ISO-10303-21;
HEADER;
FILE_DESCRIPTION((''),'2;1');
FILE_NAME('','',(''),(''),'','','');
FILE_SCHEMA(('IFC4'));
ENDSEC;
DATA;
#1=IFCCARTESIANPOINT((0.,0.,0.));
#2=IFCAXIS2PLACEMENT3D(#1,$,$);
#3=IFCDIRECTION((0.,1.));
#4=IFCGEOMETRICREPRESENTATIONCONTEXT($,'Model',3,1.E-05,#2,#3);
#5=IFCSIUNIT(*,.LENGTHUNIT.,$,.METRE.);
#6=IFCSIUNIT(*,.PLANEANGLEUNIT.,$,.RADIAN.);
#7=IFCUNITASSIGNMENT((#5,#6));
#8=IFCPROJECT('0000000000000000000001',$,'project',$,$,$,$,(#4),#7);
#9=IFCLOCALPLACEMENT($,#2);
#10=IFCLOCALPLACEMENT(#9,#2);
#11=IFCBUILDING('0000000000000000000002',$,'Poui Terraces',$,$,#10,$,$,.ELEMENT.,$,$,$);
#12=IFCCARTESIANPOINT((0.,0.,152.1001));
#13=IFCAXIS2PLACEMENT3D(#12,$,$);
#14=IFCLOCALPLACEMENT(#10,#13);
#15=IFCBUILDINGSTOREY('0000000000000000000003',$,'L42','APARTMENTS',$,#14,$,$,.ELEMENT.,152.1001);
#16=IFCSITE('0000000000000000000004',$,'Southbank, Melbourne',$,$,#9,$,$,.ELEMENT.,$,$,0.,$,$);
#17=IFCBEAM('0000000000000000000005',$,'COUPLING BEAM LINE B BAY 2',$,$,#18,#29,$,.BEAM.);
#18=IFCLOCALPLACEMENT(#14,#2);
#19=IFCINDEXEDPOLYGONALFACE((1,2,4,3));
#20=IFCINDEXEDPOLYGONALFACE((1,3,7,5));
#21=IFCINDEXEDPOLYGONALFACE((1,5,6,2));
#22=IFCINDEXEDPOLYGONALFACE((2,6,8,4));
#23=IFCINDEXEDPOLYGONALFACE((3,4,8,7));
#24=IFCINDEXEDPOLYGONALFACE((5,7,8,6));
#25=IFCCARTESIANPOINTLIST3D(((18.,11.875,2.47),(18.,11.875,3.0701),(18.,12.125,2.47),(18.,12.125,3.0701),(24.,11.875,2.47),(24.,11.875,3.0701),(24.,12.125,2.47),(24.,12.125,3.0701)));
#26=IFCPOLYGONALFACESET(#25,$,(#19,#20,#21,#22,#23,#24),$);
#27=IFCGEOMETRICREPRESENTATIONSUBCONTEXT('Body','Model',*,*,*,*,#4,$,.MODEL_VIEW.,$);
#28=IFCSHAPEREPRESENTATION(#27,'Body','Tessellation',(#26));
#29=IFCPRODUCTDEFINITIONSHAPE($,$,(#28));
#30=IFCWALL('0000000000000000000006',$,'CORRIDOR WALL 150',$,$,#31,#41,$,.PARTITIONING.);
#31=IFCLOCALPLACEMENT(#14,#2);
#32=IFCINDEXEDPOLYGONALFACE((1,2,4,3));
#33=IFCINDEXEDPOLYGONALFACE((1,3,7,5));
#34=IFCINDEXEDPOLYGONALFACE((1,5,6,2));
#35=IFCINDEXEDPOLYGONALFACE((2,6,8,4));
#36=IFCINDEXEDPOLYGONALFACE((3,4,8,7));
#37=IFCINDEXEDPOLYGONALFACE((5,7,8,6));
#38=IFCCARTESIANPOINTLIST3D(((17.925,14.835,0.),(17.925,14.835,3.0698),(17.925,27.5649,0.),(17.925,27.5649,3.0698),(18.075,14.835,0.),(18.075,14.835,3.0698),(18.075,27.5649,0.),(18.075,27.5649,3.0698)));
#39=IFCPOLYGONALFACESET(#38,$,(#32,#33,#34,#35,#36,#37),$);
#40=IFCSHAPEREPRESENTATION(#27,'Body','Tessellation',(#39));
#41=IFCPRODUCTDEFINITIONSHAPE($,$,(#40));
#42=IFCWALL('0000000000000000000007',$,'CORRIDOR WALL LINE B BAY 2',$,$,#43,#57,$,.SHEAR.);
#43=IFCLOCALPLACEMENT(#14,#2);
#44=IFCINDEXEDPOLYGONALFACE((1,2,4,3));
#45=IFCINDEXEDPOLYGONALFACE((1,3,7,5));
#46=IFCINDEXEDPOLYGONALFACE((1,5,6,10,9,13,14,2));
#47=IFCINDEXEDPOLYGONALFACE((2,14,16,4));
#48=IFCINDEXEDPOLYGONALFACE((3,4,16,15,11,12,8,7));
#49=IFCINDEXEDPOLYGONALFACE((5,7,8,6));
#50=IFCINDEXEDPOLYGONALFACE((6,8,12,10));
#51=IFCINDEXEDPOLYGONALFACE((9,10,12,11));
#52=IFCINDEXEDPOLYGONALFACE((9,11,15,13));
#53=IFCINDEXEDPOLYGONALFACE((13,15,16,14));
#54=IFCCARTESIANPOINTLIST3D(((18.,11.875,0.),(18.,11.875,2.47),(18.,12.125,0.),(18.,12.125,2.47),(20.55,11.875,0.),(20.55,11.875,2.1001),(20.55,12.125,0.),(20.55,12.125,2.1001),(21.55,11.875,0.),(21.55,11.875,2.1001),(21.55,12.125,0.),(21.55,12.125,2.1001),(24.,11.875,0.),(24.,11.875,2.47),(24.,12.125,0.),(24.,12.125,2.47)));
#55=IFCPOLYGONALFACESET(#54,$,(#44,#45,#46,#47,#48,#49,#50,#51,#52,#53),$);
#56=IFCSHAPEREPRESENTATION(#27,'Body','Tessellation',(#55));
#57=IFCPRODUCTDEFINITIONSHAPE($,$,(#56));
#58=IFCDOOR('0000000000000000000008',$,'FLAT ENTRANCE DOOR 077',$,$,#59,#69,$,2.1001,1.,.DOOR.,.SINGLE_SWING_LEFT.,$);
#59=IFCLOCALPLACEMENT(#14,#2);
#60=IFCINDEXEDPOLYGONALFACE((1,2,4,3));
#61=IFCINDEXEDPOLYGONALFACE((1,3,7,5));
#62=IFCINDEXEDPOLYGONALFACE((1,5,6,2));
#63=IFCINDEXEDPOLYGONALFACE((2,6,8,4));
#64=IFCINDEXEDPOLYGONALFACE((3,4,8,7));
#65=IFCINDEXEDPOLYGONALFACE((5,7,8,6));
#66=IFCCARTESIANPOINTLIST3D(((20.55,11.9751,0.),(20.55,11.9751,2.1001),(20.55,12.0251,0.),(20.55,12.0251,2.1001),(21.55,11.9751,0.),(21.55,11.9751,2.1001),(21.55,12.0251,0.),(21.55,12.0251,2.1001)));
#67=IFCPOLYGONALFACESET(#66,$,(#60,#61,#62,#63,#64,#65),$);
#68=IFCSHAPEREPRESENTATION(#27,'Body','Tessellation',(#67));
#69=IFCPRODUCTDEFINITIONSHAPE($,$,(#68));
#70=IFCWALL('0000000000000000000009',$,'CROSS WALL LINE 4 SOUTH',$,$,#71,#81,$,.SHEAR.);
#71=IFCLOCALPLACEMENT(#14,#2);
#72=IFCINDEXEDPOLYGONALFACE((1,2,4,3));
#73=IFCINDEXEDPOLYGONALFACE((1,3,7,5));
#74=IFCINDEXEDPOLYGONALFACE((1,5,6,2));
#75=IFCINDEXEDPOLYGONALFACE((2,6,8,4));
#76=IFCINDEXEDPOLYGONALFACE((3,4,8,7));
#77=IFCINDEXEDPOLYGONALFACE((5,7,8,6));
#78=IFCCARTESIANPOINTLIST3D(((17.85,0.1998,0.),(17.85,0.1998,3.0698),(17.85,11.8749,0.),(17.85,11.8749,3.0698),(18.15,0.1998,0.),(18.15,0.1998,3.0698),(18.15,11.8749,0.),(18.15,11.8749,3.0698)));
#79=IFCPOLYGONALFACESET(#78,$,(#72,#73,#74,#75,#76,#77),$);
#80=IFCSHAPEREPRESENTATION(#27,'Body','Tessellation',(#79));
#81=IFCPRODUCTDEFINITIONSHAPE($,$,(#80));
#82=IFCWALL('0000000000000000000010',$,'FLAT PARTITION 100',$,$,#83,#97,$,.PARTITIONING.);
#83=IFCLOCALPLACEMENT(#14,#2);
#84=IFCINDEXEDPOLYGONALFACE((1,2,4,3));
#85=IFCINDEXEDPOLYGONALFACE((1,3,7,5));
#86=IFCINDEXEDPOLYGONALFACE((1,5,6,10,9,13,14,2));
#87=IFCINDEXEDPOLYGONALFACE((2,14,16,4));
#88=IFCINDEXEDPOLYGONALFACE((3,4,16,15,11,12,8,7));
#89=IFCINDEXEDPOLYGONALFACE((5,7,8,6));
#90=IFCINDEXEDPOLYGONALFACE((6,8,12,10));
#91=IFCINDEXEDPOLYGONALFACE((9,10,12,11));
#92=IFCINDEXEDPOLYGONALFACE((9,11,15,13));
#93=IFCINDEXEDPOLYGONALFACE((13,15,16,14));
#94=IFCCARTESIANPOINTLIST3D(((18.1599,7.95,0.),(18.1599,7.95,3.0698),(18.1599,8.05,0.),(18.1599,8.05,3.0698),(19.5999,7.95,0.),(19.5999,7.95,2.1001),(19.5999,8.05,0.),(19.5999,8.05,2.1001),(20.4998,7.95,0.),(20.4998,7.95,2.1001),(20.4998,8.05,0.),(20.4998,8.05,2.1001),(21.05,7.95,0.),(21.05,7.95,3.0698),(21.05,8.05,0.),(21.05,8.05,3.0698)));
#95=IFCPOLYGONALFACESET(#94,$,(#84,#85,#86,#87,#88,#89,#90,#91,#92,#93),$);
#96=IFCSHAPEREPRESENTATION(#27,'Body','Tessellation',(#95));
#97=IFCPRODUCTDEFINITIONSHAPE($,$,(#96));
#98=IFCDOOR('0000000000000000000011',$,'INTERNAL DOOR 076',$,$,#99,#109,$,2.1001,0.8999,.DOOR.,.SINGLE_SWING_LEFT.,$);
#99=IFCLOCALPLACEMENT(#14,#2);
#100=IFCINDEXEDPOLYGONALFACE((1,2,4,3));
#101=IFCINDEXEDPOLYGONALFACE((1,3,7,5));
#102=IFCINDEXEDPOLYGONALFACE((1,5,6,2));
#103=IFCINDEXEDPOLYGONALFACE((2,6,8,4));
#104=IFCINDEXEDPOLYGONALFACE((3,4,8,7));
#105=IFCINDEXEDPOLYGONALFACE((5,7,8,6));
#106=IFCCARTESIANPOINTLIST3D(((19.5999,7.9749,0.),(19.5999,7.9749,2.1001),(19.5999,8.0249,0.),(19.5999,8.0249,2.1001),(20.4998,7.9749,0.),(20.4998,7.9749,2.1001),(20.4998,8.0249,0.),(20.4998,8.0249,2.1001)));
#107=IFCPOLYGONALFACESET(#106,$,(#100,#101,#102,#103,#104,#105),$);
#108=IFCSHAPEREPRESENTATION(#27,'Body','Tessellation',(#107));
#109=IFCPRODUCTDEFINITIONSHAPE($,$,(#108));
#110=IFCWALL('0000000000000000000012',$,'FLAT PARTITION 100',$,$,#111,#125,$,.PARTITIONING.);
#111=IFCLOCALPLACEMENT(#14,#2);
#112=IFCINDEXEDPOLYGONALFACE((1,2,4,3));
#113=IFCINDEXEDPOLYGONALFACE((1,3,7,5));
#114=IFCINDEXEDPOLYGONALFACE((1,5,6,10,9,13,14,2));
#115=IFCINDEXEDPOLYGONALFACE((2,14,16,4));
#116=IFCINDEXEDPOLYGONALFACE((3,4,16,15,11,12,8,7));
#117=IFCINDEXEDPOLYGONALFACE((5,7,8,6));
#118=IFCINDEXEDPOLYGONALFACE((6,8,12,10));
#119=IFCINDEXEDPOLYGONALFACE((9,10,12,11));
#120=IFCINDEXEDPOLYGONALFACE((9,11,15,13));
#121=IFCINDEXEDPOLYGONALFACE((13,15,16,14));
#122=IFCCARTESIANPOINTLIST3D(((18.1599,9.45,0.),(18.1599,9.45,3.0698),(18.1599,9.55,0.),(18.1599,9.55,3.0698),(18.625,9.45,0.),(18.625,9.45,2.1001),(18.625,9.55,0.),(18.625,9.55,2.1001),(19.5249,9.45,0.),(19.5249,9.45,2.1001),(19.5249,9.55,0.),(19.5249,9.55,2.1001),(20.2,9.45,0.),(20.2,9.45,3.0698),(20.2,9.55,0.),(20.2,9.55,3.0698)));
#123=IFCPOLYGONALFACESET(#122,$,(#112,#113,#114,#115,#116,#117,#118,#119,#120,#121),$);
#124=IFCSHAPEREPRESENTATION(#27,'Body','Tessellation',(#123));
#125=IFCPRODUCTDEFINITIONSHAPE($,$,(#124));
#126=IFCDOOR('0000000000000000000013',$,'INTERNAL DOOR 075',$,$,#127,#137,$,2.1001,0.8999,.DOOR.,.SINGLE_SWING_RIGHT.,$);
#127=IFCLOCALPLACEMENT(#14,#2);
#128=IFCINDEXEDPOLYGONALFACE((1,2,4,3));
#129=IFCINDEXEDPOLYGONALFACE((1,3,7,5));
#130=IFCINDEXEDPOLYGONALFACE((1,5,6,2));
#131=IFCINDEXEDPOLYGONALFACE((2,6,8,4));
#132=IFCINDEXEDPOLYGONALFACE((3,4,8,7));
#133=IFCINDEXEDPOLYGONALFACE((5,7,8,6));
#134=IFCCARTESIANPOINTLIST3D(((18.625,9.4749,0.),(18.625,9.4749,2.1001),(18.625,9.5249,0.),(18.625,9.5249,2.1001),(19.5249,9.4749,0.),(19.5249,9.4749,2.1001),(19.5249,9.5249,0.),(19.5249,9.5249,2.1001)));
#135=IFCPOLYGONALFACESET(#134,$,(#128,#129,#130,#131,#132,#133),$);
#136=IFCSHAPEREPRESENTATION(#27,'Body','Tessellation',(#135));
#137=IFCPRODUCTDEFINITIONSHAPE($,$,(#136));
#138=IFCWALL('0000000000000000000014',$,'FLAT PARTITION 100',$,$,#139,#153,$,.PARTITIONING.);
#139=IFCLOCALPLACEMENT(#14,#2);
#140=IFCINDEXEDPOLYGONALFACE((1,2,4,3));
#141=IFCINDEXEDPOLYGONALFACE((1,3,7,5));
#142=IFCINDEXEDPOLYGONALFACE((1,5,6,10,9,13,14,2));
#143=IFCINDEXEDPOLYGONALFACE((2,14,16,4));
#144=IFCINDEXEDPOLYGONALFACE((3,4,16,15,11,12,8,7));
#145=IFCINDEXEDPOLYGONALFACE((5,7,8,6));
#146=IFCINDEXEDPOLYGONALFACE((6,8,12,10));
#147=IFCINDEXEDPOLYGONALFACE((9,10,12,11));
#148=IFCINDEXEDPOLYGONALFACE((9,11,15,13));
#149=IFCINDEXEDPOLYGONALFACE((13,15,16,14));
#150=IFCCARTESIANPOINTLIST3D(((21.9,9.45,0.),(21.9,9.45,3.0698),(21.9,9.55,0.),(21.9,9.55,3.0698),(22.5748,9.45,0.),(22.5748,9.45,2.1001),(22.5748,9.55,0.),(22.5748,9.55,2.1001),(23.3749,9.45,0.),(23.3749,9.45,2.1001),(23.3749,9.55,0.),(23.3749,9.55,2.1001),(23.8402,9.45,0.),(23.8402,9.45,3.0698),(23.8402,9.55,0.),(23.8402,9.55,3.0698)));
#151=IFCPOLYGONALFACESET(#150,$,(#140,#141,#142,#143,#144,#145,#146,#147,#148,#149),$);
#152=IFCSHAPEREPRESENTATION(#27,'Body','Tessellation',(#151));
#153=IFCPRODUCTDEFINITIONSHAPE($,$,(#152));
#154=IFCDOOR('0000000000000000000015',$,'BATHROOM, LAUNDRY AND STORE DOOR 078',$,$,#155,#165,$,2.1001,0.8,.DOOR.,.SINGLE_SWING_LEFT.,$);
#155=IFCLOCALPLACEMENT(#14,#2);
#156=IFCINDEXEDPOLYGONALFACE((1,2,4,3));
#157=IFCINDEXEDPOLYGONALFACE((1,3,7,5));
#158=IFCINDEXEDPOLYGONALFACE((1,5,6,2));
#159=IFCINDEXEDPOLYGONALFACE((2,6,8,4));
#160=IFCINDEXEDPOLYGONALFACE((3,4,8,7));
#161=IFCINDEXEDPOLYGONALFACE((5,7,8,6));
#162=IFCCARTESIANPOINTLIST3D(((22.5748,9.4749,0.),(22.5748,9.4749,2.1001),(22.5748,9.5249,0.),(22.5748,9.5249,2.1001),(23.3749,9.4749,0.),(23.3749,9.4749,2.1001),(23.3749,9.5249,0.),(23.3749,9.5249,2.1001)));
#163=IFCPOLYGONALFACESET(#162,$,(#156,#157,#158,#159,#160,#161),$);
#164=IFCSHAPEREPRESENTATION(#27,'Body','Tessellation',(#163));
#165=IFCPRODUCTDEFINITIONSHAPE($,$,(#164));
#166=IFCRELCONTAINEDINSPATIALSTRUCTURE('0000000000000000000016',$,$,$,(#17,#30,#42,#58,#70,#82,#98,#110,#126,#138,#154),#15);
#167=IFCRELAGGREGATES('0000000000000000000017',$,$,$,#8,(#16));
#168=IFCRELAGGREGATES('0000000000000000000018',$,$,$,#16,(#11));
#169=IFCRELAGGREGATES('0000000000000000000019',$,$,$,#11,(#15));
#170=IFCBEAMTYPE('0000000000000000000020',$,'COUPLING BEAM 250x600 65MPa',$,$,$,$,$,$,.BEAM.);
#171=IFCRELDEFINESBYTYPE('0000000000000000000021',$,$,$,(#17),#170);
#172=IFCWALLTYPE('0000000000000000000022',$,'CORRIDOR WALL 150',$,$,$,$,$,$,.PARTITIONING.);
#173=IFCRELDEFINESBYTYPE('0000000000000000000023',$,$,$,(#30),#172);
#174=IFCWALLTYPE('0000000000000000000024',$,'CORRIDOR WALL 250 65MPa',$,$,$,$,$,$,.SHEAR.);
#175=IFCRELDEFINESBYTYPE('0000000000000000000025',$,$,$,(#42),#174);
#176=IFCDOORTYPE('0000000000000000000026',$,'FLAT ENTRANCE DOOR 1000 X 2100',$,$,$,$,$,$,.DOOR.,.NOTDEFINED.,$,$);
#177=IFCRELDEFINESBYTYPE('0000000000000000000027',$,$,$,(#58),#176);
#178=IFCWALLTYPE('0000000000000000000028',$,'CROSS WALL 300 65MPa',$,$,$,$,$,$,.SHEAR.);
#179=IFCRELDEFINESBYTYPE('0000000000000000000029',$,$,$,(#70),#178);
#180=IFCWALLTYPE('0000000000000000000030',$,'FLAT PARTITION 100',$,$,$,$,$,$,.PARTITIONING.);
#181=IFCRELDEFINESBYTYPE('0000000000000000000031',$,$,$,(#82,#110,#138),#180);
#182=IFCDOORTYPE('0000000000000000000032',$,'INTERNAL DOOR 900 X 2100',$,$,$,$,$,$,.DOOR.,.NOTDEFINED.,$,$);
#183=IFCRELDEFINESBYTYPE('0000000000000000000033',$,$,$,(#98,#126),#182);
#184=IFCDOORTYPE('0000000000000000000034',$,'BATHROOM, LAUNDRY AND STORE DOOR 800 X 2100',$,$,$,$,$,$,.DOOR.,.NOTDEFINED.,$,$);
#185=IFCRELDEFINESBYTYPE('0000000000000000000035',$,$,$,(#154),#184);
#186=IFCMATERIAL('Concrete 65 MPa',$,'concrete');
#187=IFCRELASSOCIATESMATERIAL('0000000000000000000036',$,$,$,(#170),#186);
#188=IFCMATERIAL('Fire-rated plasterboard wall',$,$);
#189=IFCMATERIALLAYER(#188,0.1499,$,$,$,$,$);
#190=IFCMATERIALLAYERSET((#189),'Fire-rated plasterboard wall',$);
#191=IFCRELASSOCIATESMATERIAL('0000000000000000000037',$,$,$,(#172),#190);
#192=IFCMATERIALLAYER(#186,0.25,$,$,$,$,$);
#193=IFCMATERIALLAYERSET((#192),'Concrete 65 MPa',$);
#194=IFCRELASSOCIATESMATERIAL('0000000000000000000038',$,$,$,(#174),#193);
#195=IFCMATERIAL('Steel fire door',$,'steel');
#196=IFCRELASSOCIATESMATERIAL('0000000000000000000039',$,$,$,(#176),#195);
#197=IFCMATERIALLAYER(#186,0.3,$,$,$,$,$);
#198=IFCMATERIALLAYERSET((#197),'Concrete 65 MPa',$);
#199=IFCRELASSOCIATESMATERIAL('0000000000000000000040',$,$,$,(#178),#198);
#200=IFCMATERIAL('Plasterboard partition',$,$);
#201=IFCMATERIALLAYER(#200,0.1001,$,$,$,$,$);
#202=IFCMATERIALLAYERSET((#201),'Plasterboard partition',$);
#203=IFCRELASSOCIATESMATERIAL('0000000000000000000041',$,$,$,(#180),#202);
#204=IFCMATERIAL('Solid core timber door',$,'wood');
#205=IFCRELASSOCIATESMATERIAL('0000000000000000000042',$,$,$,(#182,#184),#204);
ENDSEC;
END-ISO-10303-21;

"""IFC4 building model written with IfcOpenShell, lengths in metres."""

from ifc_helpers import new_model, si_unit, direction, frame, frame_2d, origin, origin_2d, place, context, subcontext, project, spatial, rectangle, extrude, source, transform, mapped, material, layer, layer_set, material_profile, profile_set, type_object, element, fill, save


model = new_model("IFC4")

# Units and contexts
model_context = context("Model", 3, precision=1e-05, world=origin(), true_north=direction((0.0, 1.0)))
body_context = subcontext(model_context, "Body", "Model", "MODEL_VIEW")
ifc_project = project(units=[si_unit("LENGTHUNIT", "METRE"), si_unit("PLANEANGLEUNIT", "RADIAN")], contexts=[model_context])

# Site, building, storey
site_placement = place(None, origin())
site = spatial("IfcSite", under=ifc_project, at=site_placement, Name="Southbank, Melbourne", CompositionType="ELEMENT", RefElevation=0.0)
building_placement = place(site_placement, origin())
building = spatial("IfcBuilding", under=site, at=building_placement, Name="Poui Terraces", CompositionType="ELEMENT")
storey_placement = place(building_placement, frame((0.0, 0.0, 152.1001)))
storey = spatial("IfcBuildingStorey", under=building, at=storey_placement, Name="L42", Description="APARTMENTS", CompositionType="ELEMENT", Elevation=152.1001)

# Beam
ifc_material_1 = material(Name="Concrete 65 MPa", Category="concrete")
ifc_material_profile = material_profile(ifc_material_1, rectangle(XDim=0.25, YDim=0.6001, at=origin_2d()), Name="RC 250x600")
ifc_profile_set = profile_set([ifc_material_profile], Name="Concrete 65 MPa")
beam_type = type_object("IfcBeamType", Name="COUPLING BEAM 250x600 65MPa", PredefinedType="BEAM", material=ifc_profile_set)
shared_shape_1 = source(origin(), body_context, "Body", "SweptSolid", [
    extrude(rectangle(XDim=0.25, YDim=0.6001, at=origin_2d()), origin(), (0.0, 0.0, 1.0), 6.0),
])
beam_placement = place(storey_placement, frame((18.0, 12.0, 2.77), z_axis=(1.0, 0.0, 0.0), x_axis=(0.0, 1.0, 0.0)))
element("IfcBeam", 1, at=beam_placement, inside=storey, type_object=beam_type, Name="COUPLING BEAM LINE B BAY 2", PredefinedType="BEAM", context=body_context, shape_type="MappedRepresentation", body=[
    mapped(shared_shape_1, transform((0.0, 0.0, 0.0))),
])

# Wall
ifc_material_2 = material(Name="Fire-rated plasterboard wall")
ifc_layer_1 = layer(ifc_material_2, 0.1499)
ifc_layer_set_1 = layer_set([ifc_layer_1], Name="Fire-rated plasterboard wall")
wall_type_1 = type_object("IfcWallType", Name="CORRIDOR WALL 150", PredefinedType="PARTITIONING", material=ifc_layer_set_1)
wall_1_placement = place(storey_placement, frame((18.0, 14.835, 0.0), z_axis=(0.0, 0.0, 1.0), x_axis=(0.0, 1.0, 0.0)))
element("IfcWall", 2, at=wall_1_placement, inside=storey, type_object=wall_type_1, Name="CORRIDOR WALL 150", PredefinedType="PARTITIONING", context=body_context, shape_type="SweptSolid", body=[
    extrude(rectangle(XDim=12.73, YDim=0.1499, at=frame_2d((6.365, 0.0))), origin(), (0.0, 0.0, 1.0), 3.0698),
])

# Wall, opening, door
ifc_layer_2 = layer(ifc_material_1, 0.25)
ifc_layer_set_2 = layer_set([ifc_layer_2], Name="Concrete 65 MPa")
wall_type_2 = type_object("IfcWallType", Name="CORRIDOR WALL 250 65MPa", PredefinedType="SHEAR", material=ifc_layer_set_2)
wall_2_placement = place(storey_placement, frame((18.0, 12.0, 0.0), z_axis=(0.0, 0.0, 1.0), x_axis=(1.0, 0.0, 0.0)))
wall_2 = element("IfcWall", 3, at=wall_2_placement, inside=storey, type_object=wall_type_2, Name="CORRIDOR WALL LINE B BAY 2", PredefinedType="SHEAR", context=body_context, shape_type="SweptSolid", body=[
    extrude(rectangle(XDim=6.0, YDim=0.25, at=frame_2d((3.0, 0.0))), origin(), (0.0, 0.0, 1.0), 2.47),
])
opening_1_placement = place(wall_2_placement, frame((2.55, 0.0, 0.0)))
opening_1 = element("IfcOpeningElement", 4, at=opening_1_placement, cuts=wall_2, PredefinedType="OPENING", context=body_context, shape_type="SweptSolid", body=[
    extrude(rectangle(XDim=1.0, YDim=2.1001, at=frame_2d((0.5, 1.05))), frame((0.0, 0.135, 0.0), z_axis=(0.0, -1.0, 0.0), x_axis=(1.0, 0.0, 0.0)), (0.0, 0.0, 1.0), 0.27),
])
ifc_material_3 = material(Name="Steel fire door", Category="steel")
door_type_1 = type_object("IfcDoorType", Name="FLAT ENTRANCE DOOR 1000 X 2100", OperationType="NOTDEFINED", PredefinedType="DOOR", material=ifc_material_3)
door_1_placement = place(opening_1_placement, frame((1.0, 0.0, 0.0), z_axis=(0.0, 0.0, 1.0), x_axis=(-1.0, 0.0, 0.0)))
door_1 = element("IfcDoor", 5, at=door_1_placement, inside=storey, type_object=door_type_1, Name="FLAT ENTRANCE DOOR 077", OperationType="SINGLE_SWING_LEFT", OverallHeight=2.1001, OverallWidth=1.0, PredefinedType="DOOR", context=body_context, shape_type="SweptSolid", body=[
    extrude(rectangle(XDim=1.0, YDim=2.1001, at=frame_2d((0.5, 1.05))), frame((0.0, 0.0249, 0.0), z_axis=(0.0, -1.0, 0.0), x_axis=(1.0, 0.0, 0.0)), (0.0, 0.0, 1.0), 0.05),
])
fill(opening_1, door_1)

# Wall
ifc_layer_3 = layer(ifc_material_1, 0.3)
ifc_layer_set_3 = layer_set([ifc_layer_3], Name="Concrete 65 MPa")
wall_type_3 = type_object("IfcWallType", Name="CROSS WALL 300 65MPa", PredefinedType="SHEAR", material=ifc_layer_set_3)
wall_3_placement = place(storey_placement, frame((18.0, 0.2, 0.0), z_axis=(0.0, 0.0, 1.0), x_axis=(0.0, 1.0, 0.0)))
element("IfcWall", 6, at=wall_3_placement, inside=storey, type_object=wall_type_3, Name="CROSS WALL LINE 4 SOUTH", PredefinedType="SHEAR", context=body_context, shape_type="SweptSolid", body=[
    extrude(rectangle(XDim=11.675, YDim=0.3, at=frame_2d((5.8374, 0.0))), origin(), (0.0, 0.0, 1.0), 3.0698),
])

# Walls, openings, doors
ifc_material_4 = material(Name="Plasterboard partition")
ifc_layer_4 = layer(ifc_material_4, 0.1001)
ifc_layer_set_4 = layer_set([ifc_layer_4], Name="Plasterboard partition")
wall_type_4 = type_object("IfcWallType", Name="FLAT PARTITION 100", PredefinedType="PARTITIONING", material=ifc_layer_set_4)
wall_4_placement = place(storey_placement, frame((18.1599, 8.0, 0.0), z_axis=(0.0, 0.0, 1.0), x_axis=(1.0, 0.0, 0.0)))
wall_4 = element("IfcWall", 7, at=wall_4_placement, inside=storey, type_object=wall_type_4, Name="FLAT PARTITION 100", PredefinedType="PARTITIONING", context=body_context, shape_type="SweptSolid", body=[
    extrude(rectangle(XDim=2.8901, YDim=0.1001, at=frame_2d((1.4451, 0.0))), origin(), (0.0, 0.0, 1.0), 3.0698),
])
opening_2_placement = place(wall_4_placement, frame((1.4399, 0.0, 0.0)))
opening_2 = element("IfcOpeningElement", 8, at=opening_2_placement, cuts=wall_4, PredefinedType="OPENING", context=body_context, shape_type="SweptSolid", body=[
    extrude(rectangle(XDim=0.8999, YDim=2.1001, at=frame_2d((0.45, 1.05))), frame((0.0, 0.0601, 0.0), z_axis=(0.0, -1.0, 0.0), x_axis=(1.0, 0.0, 0.0)), (0.0, 0.0, 1.0), 0.1201),
])
ifc_material_5 = material(Name="Solid core timber door", Category="wood")
door_type_2 = type_object("IfcDoorType", Name="INTERNAL DOOR 900 X 2100", OperationType="NOTDEFINED", PredefinedType="DOOR", material=ifc_material_5)
door_2_placement = place(opening_2_placement, origin())
door_2 = element("IfcDoor", 9, at=door_2_placement, inside=storey, type_object=door_type_2, Name="INTERNAL DOOR 076", OperationType="SINGLE_SWING_LEFT", OverallHeight=2.1001, OverallWidth=0.8999, PredefinedType="DOOR", context=body_context, shape_type="SweptSolid", body=[
    extrude(rectangle(XDim=0.8999, YDim=2.1001, at=frame_2d((0.45, 1.05))), frame((0.0, 0.0249, 0.0), z_axis=(0.0, -1.0, 0.0), x_axis=(1.0, 0.0, 0.0)), (0.0, 0.0, 1.0), 0.05),
])
fill(opening_2, door_2)
wall_5_placement = place(storey_placement, frame((18.1599, 9.5, 0.0), z_axis=(0.0, 0.0, 1.0), x_axis=(1.0, 0.0, 0.0)))
wall_5 = element("IfcWall", 10, at=wall_5_placement, inside=storey, type_object=wall_type_4, Name="FLAT PARTITION 100", PredefinedType="PARTITIONING", context=body_context, shape_type="SweptSolid", body=[
    extrude(rectangle(XDim=2.04, YDim=0.1001, at=frame_2d((1.02, 0.0))), origin(), (0.0, 0.0, 1.0), 3.0698),
])
opening_3_placement = place(wall_5_placement, frame((0.4651, 0.0, 0.0)))
opening_3 = element("IfcOpeningElement", 11, at=opening_3_placement, cuts=wall_5, PredefinedType="OPENING", context=body_context, shape_type="SweptSolid", body=[
    extrude(rectangle(XDim=0.8999, YDim=2.1001, at=frame_2d((0.45, 1.05))), frame((0.0, 0.0601, 0.0), z_axis=(0.0, -1.0, 0.0), x_axis=(1.0, 0.0, 0.0)), (0.0, 0.0, 1.0), 0.1201),
])
door_3_placement = place(opening_3_placement, origin())
door_3 = element("IfcDoor", 12, at=door_3_placement, inside=storey, type_object=door_type_2, Name="INTERNAL DOOR 075", OperationType="SINGLE_SWING_RIGHT", OverallHeight=2.1001, OverallWidth=0.8999, PredefinedType="DOOR", context=body_context, shape_type="SweptSolid", body=[
    extrude(rectangle(XDim=0.8999, YDim=2.1001, at=frame_2d((0.45, 1.05))), frame((0.0, 0.0249, 0.0), z_axis=(0.0, -1.0, 0.0), x_axis=(1.0, 0.0, 0.0)), (0.0, 0.0, 1.0), 0.05),
])
fill(opening_3, door_3)
wall_6_placement = place(storey_placement, frame((21.8999, 9.5, 0.0), z_axis=(0.0, 0.0, 1.0), x_axis=(1.0, 0.0, 0.0)))
wall_6 = element("IfcWall", 13, at=wall_6_placement, inside=storey, type_object=wall_type_4, Name="FLAT PARTITION 100", PredefinedType="PARTITIONING", context=body_context, shape_type="SweptSolid", body=[
    extrude(rectangle(XDim=1.9402, YDim=0.1001, at=frame_2d((0.9702, 0.0))), origin(), (0.0, 0.0, 1.0), 3.0698),
])
opening_4_placement = place(wall_6_placement, frame((0.675, 0.0, 0.0)))
opening_4 = element("IfcOpeningElement", 14, at=opening_4_placement, cuts=wall_6, PredefinedType="OPENING", context=body_context, shape_type="SweptSolid", body=[
    extrude(rectangle(XDim=0.8, YDim=2.1001, at=frame_2d((0.3999, 1.05))), frame((0.0, 0.0601, 0.0), z_axis=(0.0, -1.0, 0.0), x_axis=(1.0, 0.0, 0.0)), (0.0, 0.0, 1.0), 0.1201),
])
door_type_3 = type_object("IfcDoorType", Name="BATHROOM, LAUNDRY AND STORE DOOR 800 X 2100", OperationType="NOTDEFINED", PredefinedType="DOOR", material=ifc_material_5)
door_4_placement = place(opening_4_placement, origin())
door_4 = element("IfcDoor", 15, at=door_4_placement, inside=storey, type_object=door_type_3, Name="BATHROOM, LAUNDRY AND STORE DOOR 078", OperationType="SINGLE_SWING_LEFT", OverallHeight=2.1001, OverallWidth=0.8, PredefinedType="DOOR", context=body_context, shape_type="SweptSolid", body=[
    extrude(rectangle(XDim=0.8, YDim=2.1001, at=frame_2d((0.3999, 1.05))), frame((0.0, 0.0249, 0.0), z_axis=(0.0, -1.0, 0.0), x_axis=(1.0, 0.0, 0.0)), (0.0, 0.0, 1.0), 0.05),
])
fill(opening_4, door_4)

save(model, "model.ifc")
